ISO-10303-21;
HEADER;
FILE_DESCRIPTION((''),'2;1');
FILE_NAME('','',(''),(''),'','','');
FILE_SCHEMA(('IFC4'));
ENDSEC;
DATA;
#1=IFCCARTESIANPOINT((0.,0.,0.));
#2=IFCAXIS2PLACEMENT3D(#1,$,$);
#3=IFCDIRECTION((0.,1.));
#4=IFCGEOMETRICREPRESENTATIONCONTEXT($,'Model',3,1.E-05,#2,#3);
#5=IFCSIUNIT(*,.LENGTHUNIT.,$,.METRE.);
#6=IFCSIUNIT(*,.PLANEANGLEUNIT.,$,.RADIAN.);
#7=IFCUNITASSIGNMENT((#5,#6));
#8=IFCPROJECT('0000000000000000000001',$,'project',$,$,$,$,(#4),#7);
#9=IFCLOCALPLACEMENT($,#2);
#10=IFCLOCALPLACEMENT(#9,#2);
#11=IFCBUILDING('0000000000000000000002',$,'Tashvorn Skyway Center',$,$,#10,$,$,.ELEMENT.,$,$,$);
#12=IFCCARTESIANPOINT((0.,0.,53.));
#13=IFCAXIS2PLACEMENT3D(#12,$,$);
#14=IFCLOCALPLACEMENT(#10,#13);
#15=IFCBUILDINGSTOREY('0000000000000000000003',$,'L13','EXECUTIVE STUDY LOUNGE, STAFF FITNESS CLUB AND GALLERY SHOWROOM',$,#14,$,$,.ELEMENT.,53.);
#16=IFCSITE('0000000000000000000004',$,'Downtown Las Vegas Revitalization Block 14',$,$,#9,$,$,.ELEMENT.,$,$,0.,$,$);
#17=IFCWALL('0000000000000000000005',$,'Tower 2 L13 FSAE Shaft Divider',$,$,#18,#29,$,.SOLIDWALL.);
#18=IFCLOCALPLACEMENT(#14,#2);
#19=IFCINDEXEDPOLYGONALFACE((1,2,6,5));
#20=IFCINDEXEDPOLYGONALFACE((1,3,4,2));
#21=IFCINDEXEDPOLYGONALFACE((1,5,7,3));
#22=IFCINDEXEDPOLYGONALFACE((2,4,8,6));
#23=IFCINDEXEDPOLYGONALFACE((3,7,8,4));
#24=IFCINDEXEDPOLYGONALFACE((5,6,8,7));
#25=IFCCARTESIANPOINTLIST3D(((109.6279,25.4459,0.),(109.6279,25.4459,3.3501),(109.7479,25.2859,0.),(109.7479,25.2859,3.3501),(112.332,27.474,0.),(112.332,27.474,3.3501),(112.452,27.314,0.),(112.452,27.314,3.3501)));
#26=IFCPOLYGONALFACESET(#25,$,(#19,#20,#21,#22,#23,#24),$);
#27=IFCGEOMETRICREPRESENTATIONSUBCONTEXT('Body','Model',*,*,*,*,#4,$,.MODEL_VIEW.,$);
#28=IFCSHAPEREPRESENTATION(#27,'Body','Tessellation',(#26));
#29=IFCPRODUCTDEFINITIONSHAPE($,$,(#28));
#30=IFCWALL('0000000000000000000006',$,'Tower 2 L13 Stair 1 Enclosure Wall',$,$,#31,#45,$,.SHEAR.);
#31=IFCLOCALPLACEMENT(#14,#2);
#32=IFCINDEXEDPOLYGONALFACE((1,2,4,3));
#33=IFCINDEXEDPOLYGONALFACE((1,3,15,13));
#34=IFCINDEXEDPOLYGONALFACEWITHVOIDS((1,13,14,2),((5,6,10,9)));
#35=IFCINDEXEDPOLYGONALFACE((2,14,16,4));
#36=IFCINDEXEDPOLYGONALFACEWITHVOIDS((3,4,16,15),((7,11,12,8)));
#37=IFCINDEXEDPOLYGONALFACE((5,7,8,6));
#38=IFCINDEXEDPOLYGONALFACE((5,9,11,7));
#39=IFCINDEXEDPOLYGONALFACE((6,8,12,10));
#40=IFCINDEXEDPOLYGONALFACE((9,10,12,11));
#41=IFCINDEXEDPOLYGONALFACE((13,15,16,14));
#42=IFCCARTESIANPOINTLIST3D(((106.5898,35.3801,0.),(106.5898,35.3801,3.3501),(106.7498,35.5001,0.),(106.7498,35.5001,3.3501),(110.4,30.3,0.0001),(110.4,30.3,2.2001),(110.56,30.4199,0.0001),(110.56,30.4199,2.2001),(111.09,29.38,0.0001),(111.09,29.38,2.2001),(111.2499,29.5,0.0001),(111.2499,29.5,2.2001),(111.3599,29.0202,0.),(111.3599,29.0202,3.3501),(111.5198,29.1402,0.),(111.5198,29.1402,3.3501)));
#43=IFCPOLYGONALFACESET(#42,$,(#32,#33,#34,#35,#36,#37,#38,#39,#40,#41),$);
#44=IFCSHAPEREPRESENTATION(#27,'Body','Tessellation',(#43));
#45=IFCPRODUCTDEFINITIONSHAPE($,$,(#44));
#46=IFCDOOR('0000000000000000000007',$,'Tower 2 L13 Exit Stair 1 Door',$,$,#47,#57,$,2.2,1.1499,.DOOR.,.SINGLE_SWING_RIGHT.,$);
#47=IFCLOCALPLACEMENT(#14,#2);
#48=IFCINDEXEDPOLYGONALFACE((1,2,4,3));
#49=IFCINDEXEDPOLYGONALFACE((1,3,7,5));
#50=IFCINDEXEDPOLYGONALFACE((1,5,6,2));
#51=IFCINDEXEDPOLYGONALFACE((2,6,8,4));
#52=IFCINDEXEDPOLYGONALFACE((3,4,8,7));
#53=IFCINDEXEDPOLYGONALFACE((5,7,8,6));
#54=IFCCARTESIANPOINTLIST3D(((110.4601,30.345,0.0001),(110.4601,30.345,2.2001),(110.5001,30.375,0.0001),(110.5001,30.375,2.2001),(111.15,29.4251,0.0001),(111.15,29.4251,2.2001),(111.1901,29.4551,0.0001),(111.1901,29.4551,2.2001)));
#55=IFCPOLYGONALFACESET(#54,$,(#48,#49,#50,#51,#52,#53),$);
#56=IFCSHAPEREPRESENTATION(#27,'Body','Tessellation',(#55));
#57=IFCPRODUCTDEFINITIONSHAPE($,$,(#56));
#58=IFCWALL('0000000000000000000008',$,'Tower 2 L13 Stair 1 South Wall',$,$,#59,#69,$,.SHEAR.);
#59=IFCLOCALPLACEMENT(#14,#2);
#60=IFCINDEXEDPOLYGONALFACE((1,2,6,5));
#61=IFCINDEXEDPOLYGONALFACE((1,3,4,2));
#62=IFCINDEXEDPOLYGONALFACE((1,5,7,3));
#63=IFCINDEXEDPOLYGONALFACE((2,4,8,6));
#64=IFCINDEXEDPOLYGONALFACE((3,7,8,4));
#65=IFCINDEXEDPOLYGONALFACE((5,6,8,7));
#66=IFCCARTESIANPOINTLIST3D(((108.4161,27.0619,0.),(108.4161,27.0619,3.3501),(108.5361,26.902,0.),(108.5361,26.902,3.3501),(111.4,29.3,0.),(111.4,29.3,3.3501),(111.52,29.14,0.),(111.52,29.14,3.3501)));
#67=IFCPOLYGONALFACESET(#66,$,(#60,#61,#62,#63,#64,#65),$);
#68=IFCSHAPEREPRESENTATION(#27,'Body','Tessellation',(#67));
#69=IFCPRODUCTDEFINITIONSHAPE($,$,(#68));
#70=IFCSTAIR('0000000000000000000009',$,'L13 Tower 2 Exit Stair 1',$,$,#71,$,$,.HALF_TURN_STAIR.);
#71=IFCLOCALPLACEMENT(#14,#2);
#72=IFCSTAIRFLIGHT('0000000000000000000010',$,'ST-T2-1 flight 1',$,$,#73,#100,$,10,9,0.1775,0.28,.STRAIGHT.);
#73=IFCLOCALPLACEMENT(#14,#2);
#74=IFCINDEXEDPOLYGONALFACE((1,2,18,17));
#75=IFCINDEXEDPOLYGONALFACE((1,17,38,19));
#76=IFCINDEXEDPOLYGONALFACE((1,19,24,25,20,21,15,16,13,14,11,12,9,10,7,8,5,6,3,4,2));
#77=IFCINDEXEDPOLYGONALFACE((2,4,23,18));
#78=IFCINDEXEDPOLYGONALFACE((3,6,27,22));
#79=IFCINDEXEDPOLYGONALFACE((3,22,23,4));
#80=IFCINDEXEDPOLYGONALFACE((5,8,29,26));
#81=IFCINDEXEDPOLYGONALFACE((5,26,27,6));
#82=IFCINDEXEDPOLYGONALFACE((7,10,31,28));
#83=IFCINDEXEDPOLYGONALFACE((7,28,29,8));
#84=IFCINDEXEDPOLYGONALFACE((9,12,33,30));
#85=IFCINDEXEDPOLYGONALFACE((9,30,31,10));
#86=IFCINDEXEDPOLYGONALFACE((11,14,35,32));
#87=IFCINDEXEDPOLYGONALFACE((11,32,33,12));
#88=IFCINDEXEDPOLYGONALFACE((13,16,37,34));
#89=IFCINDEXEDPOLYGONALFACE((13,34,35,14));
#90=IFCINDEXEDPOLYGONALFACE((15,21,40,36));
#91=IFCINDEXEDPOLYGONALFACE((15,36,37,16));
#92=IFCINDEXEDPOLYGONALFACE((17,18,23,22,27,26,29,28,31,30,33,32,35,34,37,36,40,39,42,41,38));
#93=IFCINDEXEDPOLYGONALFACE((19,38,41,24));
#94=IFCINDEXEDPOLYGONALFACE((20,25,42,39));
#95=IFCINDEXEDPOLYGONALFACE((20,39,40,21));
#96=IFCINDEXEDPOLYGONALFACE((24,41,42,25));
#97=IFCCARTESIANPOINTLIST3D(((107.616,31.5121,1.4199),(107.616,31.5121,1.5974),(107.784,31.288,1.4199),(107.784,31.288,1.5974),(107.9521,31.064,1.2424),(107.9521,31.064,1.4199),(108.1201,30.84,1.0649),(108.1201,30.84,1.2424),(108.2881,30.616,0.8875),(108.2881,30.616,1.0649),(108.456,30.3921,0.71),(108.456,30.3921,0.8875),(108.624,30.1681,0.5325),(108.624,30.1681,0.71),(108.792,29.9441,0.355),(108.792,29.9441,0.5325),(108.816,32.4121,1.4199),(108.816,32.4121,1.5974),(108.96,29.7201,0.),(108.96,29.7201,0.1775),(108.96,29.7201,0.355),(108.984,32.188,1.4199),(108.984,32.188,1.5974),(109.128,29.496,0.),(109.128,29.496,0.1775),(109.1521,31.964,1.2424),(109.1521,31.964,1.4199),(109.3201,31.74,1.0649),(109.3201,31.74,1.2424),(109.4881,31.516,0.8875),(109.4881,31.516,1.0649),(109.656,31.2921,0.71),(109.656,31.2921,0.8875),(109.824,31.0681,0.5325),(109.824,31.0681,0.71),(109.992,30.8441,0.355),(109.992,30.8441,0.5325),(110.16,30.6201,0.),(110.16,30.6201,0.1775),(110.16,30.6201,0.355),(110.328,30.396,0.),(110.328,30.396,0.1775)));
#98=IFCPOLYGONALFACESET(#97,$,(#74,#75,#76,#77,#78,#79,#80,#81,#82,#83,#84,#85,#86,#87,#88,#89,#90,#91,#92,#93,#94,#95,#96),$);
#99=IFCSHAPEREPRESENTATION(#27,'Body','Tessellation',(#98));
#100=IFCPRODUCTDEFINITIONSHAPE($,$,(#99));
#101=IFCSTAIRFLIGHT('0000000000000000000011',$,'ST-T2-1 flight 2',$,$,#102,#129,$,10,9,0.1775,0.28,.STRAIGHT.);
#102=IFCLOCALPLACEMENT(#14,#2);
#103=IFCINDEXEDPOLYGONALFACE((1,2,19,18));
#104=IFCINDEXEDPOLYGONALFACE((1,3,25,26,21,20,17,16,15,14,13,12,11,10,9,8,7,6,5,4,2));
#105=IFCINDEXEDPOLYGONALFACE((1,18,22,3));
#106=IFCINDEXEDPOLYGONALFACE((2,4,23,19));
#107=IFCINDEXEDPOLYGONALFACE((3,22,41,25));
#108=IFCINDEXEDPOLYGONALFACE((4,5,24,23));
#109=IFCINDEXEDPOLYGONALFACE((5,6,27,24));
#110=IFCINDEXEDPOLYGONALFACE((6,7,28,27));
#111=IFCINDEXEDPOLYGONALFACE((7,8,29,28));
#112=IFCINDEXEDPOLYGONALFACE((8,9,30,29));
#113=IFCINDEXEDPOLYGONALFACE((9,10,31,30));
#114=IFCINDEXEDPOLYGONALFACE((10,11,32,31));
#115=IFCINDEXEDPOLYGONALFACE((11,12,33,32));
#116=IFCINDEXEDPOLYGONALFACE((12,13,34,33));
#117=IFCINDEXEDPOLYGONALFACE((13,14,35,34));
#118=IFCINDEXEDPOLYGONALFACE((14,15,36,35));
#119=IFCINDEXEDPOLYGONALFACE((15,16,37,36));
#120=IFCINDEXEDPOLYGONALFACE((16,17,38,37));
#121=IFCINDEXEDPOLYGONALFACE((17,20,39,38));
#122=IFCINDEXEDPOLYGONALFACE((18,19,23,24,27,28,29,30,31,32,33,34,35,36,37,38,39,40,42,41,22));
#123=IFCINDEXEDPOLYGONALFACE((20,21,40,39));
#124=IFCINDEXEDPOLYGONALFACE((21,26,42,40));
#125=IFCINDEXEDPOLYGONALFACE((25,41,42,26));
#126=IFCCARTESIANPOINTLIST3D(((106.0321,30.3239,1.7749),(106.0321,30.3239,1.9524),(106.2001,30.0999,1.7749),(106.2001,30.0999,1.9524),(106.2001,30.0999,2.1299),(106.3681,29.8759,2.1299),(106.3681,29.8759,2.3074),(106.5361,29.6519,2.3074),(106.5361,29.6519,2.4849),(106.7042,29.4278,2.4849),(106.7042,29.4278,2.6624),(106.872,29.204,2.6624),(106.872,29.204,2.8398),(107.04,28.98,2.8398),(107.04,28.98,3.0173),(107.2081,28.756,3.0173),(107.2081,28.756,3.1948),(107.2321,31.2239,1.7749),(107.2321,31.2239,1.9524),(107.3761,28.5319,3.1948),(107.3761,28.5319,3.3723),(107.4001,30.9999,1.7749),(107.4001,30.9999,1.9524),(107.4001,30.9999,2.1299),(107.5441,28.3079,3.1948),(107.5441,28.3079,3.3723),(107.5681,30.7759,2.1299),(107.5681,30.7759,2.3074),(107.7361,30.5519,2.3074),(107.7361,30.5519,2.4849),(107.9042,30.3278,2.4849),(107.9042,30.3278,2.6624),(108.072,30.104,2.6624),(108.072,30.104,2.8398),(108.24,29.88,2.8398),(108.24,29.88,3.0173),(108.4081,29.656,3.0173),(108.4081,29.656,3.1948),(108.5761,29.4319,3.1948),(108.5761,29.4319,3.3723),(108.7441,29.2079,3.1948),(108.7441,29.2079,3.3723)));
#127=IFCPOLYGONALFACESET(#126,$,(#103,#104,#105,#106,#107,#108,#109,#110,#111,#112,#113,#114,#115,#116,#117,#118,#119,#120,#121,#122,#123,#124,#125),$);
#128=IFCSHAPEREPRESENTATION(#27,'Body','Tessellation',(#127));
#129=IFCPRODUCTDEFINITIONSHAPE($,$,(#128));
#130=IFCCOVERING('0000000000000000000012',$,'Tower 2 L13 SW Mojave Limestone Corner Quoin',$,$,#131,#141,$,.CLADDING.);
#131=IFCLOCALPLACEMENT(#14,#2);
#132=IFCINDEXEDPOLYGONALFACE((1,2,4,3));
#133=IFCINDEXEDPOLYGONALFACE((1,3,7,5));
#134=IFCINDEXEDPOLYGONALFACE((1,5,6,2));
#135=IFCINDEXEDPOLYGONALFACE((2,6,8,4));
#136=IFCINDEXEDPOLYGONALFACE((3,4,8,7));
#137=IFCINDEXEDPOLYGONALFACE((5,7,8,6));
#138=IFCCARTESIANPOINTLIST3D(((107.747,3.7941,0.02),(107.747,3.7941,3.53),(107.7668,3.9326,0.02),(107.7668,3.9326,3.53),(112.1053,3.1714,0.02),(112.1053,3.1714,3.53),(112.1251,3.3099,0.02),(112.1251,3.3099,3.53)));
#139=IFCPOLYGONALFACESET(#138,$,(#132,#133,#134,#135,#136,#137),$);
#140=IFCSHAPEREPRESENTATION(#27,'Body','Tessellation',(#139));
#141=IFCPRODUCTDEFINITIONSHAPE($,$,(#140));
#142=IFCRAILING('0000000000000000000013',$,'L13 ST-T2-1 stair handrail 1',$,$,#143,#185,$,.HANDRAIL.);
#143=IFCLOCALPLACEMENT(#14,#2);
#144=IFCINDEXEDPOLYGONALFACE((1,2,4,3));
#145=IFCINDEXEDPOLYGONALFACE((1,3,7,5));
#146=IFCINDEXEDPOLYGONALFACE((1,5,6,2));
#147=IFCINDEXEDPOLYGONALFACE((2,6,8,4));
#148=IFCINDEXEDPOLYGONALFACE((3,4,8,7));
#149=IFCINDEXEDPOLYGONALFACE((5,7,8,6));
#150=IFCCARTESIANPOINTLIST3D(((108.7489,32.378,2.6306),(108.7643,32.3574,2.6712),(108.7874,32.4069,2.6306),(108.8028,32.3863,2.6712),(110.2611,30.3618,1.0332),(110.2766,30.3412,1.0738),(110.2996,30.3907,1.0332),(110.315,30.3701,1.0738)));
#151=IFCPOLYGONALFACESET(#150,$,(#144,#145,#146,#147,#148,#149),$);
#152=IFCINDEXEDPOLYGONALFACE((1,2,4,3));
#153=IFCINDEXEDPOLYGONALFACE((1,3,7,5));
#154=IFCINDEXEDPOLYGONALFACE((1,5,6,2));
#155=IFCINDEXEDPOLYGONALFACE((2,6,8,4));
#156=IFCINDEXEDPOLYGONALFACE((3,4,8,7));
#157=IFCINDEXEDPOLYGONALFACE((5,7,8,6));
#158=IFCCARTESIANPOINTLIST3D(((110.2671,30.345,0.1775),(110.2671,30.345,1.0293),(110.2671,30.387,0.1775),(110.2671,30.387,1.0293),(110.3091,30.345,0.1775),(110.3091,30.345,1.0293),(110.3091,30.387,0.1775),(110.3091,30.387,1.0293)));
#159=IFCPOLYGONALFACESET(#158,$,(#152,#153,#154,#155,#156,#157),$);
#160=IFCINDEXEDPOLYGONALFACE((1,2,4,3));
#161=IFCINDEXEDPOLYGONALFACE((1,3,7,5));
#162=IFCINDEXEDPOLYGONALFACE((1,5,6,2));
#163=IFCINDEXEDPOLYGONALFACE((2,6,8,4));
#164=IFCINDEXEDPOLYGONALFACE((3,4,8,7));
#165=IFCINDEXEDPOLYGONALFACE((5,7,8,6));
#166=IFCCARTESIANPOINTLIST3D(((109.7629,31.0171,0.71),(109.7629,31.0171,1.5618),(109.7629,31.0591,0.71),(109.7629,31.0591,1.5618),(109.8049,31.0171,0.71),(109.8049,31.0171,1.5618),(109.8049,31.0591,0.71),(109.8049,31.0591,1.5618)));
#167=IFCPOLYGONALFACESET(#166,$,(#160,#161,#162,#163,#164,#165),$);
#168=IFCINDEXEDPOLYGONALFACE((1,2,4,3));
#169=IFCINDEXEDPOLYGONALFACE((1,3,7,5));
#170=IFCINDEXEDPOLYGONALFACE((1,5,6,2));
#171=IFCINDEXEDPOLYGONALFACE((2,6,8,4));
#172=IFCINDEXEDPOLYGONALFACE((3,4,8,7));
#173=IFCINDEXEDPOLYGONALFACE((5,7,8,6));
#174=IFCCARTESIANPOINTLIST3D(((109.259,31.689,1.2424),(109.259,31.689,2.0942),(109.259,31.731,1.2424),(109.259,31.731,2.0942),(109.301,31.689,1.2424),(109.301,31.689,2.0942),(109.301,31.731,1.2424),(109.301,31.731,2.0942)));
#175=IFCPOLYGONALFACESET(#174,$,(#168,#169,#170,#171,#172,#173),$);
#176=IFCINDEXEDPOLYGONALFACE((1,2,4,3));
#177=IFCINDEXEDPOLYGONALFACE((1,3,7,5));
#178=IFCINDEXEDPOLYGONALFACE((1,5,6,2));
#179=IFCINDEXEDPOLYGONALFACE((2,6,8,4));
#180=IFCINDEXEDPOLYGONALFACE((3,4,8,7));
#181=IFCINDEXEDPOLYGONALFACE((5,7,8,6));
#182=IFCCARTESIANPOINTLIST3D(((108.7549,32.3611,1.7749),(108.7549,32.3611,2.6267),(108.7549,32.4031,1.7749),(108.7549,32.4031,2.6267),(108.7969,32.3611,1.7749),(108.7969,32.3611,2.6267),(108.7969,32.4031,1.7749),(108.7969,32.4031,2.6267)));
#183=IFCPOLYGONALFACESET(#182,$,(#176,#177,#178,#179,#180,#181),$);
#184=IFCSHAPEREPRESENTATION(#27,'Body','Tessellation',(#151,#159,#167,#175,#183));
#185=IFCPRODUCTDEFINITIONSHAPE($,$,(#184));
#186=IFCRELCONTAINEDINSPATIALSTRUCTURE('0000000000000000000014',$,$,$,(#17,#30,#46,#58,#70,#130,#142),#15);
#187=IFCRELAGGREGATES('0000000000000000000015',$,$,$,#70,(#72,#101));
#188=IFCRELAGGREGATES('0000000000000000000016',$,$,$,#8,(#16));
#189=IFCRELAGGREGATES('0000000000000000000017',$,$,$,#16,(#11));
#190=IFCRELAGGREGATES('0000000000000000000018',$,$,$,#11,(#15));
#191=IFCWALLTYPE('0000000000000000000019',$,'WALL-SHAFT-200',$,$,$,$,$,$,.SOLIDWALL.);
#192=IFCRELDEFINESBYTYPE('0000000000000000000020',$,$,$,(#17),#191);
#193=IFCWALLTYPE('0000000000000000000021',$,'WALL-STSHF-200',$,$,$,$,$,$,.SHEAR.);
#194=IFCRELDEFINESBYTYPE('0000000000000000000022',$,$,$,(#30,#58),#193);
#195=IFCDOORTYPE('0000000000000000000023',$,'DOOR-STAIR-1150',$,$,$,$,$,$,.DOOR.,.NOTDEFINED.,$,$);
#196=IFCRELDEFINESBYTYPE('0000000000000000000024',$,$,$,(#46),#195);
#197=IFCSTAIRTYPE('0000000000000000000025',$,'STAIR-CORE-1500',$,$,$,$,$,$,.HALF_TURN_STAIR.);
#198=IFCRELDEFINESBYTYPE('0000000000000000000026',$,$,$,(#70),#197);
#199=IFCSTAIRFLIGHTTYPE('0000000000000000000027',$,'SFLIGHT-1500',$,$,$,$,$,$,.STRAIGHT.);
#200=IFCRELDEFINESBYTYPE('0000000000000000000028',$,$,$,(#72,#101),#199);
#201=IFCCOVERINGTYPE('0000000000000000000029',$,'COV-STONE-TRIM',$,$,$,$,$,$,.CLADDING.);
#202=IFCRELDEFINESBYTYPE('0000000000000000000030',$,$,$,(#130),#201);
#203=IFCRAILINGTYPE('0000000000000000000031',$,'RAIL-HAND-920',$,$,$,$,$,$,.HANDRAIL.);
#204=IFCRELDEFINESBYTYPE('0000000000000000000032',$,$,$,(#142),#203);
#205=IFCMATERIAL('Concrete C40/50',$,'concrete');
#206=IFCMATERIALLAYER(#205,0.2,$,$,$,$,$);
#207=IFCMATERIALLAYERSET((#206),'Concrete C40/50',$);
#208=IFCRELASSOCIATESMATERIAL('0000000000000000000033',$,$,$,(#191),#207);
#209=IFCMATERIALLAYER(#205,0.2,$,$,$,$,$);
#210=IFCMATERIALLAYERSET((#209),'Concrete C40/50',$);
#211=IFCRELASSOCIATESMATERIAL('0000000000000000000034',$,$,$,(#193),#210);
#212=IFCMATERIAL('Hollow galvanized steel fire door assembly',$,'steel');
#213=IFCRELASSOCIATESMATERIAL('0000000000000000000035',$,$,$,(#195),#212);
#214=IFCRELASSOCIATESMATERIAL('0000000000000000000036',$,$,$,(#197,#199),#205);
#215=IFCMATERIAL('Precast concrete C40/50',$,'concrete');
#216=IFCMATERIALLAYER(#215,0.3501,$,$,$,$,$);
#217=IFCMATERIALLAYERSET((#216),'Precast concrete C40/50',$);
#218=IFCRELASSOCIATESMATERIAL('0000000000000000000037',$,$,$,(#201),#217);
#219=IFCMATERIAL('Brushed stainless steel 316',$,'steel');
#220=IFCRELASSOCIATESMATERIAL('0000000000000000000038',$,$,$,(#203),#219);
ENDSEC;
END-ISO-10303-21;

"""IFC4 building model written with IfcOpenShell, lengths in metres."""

from ifc_helpers import new_model, si_unit, direction, frame, frame_2d, origin, origin_2d, place, context, subcontext, project, spatial, polyline, rectangle, outline, extrude, material, layer, layer_set, type_object, element, fill, aggregate, save


model = new_model("IFC4")

# Units and contexts
model_context = context("Model", 3, precision=1e-05, world=origin(), true_north=direction((0.0, 1.0)))
body_context = subcontext(model_context, "Body", "Model", "MODEL_VIEW")
ifc_project = project(units=[si_unit("LENGTHUNIT", "METRE"), si_unit("PLANEANGLEUNIT", "RADIAN")], contexts=[model_context])

# Site, building, storey
site_placement = place(None, origin())
site = spatial("IfcSite", under=ifc_project, at=site_placement, Name="Downtown Las Vegas Revitalization Block 14", CompositionType="ELEMENT", RefElevation=0.0)
building_placement = place(site_placement, origin())
building = spatial("IfcBuilding", under=site, at=building_placement, Name="Tashvorn Skyway Center", CompositionType="ELEMENT")
storey_placement = place(building_placement, frame((0.0, 0.0, 53.0)))
storey = spatial("IfcBuildingStorey", under=building, at=storey_placement, Name="L13", Description="EXECUTIVE STUDY LOUNGE, STAFF FITNESS CLUB AND GALLERY SHOWROOM", CompositionType="ELEMENT", Elevation=53.0)

# Shared definitions
ifc_material_1 = material(Name="Precast concrete C40/50", Category="concrete")
ifc_material_2 = material(Name="Concrete C40/50", Category="concrete")

# Wall
ifc_layer_1 = layer(ifc_material_2, 0.2)
ifc_layer_set_1 = layer_set([ifc_layer_1], Name="Concrete C40/50")
wall_type_1 = type_object("IfcWallType", Name="WALL-SHAFT-200", PredefinedType="SOLIDWALL", material=ifc_layer_set_1)
for number, where, z_axis, x_axis, name in (
    (1, (109.688, 25.366, 0.0), (0.0, 0.0, 1.0), (0.8, 0.6, 0.0), "Tower 2 L13 FSAE Shaft Divider"),
):
    element("IfcWall", number, at=place(storey_placement, frame(where, z_axis=z_axis, x_axis=x_axis)), inside=storey, type_object=wall_type_1, Name=name, PredefinedType="SOLIDWALL", context=body_context, shape_type="SweptSolid", body=[
        extrude(rectangle(XDim=3.3801, YDim=0.2, at=frame_2d((1.6899, 0.0))), origin(), (0.0, 0.0, 1.0), 3.3501),
    ])

# Wall, opening, door
ifc_layer_2 = layer(ifc_material_2, 0.2)
ifc_layer_set_2 = layer_set([ifc_layer_2], Name="Concrete C40/50")
wall_type_2 = type_object("IfcWallType", Name="WALL-STSHF-200", PredefinedType="SHEAR", material=ifc_layer_set_2)
wall_1_placement = place(storey_placement, frame((111.4399, 29.0801, 0.0), z_axis=(0.0, 0.0, 1.0), x_axis=(-0.60001, 0.799993, 0.0)))
wall_1 = element("IfcWall", 2, at=wall_1_placement, inside=storey, type_object=wall_type_2, Name="Tower 2 L13 Stair 1 Enclosure Wall", PredefinedType="SHEAR", context=body_context, shape_type="SweptSolid", body=[
    extrude(rectangle(XDim=7.95, YDim=0.2, at=frame_2d((3.9751, 0.0))), origin(), (0.0, 0.0, 1.0), 3.3501),
])
opening_1_placement = place(wall_1_placement, frame((0.45, 0.0, 0.0)))
opening_1 = element("IfcOpeningElement", 3, at=opening_1_placement, cuts=wall_1, PredefinedType="OPENING", context=body_context, shape_type="SweptSolid", body=[
    extrude(rectangle(XDim=1.1499, YDim=2.2, at=frame_2d((0.575, 1.1001))), frame((0.0, 0.1099, 0.0), z_axis=(0.0, -1.0, 0.0), x_axis=(1.0, 0.0, 0.0)), (0.0, 0.0, 1.0), 0.22),
])
ifc_material_3 = material(Name="Hollow galvanized steel fire door assembly", Category="steel")
door_type_1 = type_object("IfcDoorType", Name="DOOR-STAIR-1150", OperationType="NOTDEFINED", PredefinedType="DOOR", material=ifc_material_3)
door_1_placement = place(opening_1_placement, origin())
door_1 = element("IfcDoor", 4, at=door_1_placement, inside=storey, type_object=door_type_1, Name="Tower 2 L13 Exit Stair 1 Door", OperationType="SINGLE_SWING_RIGHT", OverallHeight=2.2, OverallWidth=1.1499, PredefinedType="DOOR", context=body_context, shape_type="SweptSolid", body=[
    extrude(rectangle(XDim=1.1499, YDim=2.2, at=frame_2d((0.575, 1.1001))), frame((0.0, 0.0249, 0.0), z_axis=(0.0, -1.0, 0.0), x_axis=(1.0, 0.0, 0.0)), (0.0, 0.0, 1.0), 0.05),
])
fill(opening_1, door_1)

# Wall
wall_2_placement = place(storey_placement, frame((108.4761, 26.9819, 0.0), z_axis=(0.0, 0.0, 1.0), x_axis=(0.799984, 0.600021, 0.0)))
element("IfcWall", 5, at=wall_2_placement, inside=storey, type_object=wall_type_2, Name="Tower 2 L13 Stair 1 South Wall", PredefinedType="SHEAR", context=body_context, shape_type="SweptSolid", body=[
    extrude(rectangle(XDim=3.73, YDim=0.2, at=frame_2d((1.865, 0.0))), origin(), (0.0, 0.0, 1.0), 3.3501),
])

# Stair, stair flights
stair_type = type_object("IfcStairType", Name="STAIR-CORE-1500", PredefinedType="HALF_TURN_STAIR", material=ifc_material_2)
stair_placement = place(storey_placement, origin())
stair = element("IfcStair", 6, at=stair_placement, inside=storey, type_object=stair_type, Name="L13 Tower 2 Exit Stair 1", PredefinedType="HALF_TURN_STAIR")
stair_flight_type = type_object("IfcStairFlightType", Name="SFLIGHT-1500", PredefinedType="STRAIGHT", material=ifc_material_2)
stair_flight_1_placement = place(storey_placement, frame((109.728, 29.946, 0.0), z_axis=(0.0, 0.0, 1.0), x_axis=(-0.6, 0.8, 0.0)))
stair_flight_1 = element("IfcStairFlight", 7, at=stair_flight_1_placement, type_object=stair_flight_type, Name="ST-T2-1 flight 1", NumberOfRisers=10, NumberOfTreads=9, PredefinedType="STRAIGHT", RiserHeight=0.1775, TreadLength=0.28, context=body_context, shape_type="SweptSolid", body=[
    extrude(outline(polyline([(0.0, 0.0), (0.0, 0.1775), (0.28, 0.1775), (0.28, 0.355), (0.5601, 0.355), (0.5601, 0.5325), (0.8401, 0.5325), (0.8401, 0.71), (1.1201, 0.71), (1.1201, 0.8875), (1.3999, 0.8875), (1.3999, 1.0649), (1.6799, 1.0649), (1.6799, 1.2424), (1.96, 1.2424), (1.96, 1.4199), (2.24, 1.4199), (2.24, 1.5974), (2.52, 1.5974), (2.52, 1.7749), (2.52, 1.4199), (0.28, 0.0), (0.0, 0.0)])), frame((0.0, 0.75, 0.0), z_axis=(0.0, -1.0, 0.0), x_axis=(1.0, 0.0, 0.0)), (0.0, 0.0, 1.0), 1.5),
])
stair_flight_2_placement = place(storey_placement, frame((106.6321, 30.7739, 1.7749), z_axis=(0.0, 0.0, 1.0), x_axis=(0.6, -0.8, 0.0)))
stair_flight_2 = element("IfcStairFlight", 8, at=stair_flight_2_placement, type_object=stair_flight_type, Name="ST-T2-1 flight 2", NumberOfRisers=10, NumberOfTreads=9, PredefinedType="STRAIGHT", RiserHeight=0.1775, TreadLength=0.28, context=body_context, shape_type="SweptSolid", body=[
    extrude(outline(polyline([(0.0, 0.0), (0.0, 0.1775), (0.28, 0.1775), (0.28, 0.355), (0.5601, 0.355), (0.5601, 0.5325), (0.8401, 0.5325), (0.8401, 0.71), (1.1201, 0.71), (1.1201, 0.8875), (1.3999, 0.8875), (1.3999, 1.0649), (1.6799, 1.0649), (1.6799, 1.2424), (1.96, 1.2424), (1.96, 1.4199), (2.24, 1.4199), (2.24, 1.5974), (2.52, 1.5974), (2.52, 1.7749), (2.52, 1.4199), (0.28, 0.0), (0.0, 0.0)])), frame((0.0, 0.75, 0.0), z_axis=(0.0, -1.0, 0.0), x_axis=(1.0, 0.0, 0.0)), (0.0, 0.0, 1.0), 1.5),
])
aggregate(stair, [stair_flight_1, stair_flight_2])

# Covering
ifc_layer_3 = layer(ifc_material_1, 0.3501)
ifc_layer_set_3 = layer_set([ifc_layer_3], Name="Precast concrete C40/50")
covering_type = type_object("IfcCoveringType", Name="COV-STONE-TRIM", PredefinedType="CLADDING", material=ifc_layer_set_3)
covering_placement = place(storey_placement, frame((109.936, 3.552, 0.02), z_axis=(0.0, 0.0, 1.0), x_axis=(-0.989949, 0.141421, 0.0)))
element("IfcCovering", 9, at=covering_placement, inside=storey, type_object=covering_type, Name="Tower 2 L13 SW Mojave Limestone Corner Quoin", PredefinedType="CLADDING", context=body_context, shape_type="SweptSolid", body=[
    extrude(rectangle(XDim=4.4026, YDim=0.1399, at=origin_2d()), origin(), (0.0, 0.0, 1.0), 3.51),
])

# Railing
ifc_material_4 = material(Name="Brushed stainless steel 316", Category="steel")
railing_type_1 = type_object("IfcRailingType", Name="RAIL-HAND-920", PredefinedType="HANDRAIL", material=ifc_material_4)
railing_1_placement = place(storey_placement, frame((110.2881, 30.366, 0.1775)))
element("IfcRailing", 10, at=railing_1_placement, inside=storey, type_object=railing_type_1, Name="L13 ST-T2-1 stair handrail 1", PredefinedType="HANDRAIL", context=body_context, shape_type="SweptSolid", body=[
    extrude(rectangle(XDim=0.0481, YDim=0.0481, at=origin_2d()), frame((0.0, 0.0, 0.876), z_axis=(-0.506802, 0.675681, 0.535357), x_axis=(-0.799977, -0.600031, 0.0)), (0.0, 0.0, 1.0), 2.9839),
    extrude(rectangle(XDim=0.042, YDim=0.042, at=origin_2d()), origin(), (0.0, 0.0, 1.0), 0.8518),
    extrude(rectangle(XDim=0.042, YDim=0.042, at=origin_2d()), frame((-0.5042, 0.6721, 0.5325)), (0.0, 0.0, 1.0), 0.8518),
    extrude(rectangle(XDim=0.042, YDim=0.042, at=origin_2d()), frame((-1.0081, 1.344, 1.0649)), (0.0, 0.0, 1.0), 0.8518),
    extrude(rectangle(XDim=0.042, YDim=0.042, at=origin_2d()), frame((-1.5122, 2.0161, 1.5974)), (0.0, 0.0, 1.0), 0.8518),
])

save(model, "model.ifc")
